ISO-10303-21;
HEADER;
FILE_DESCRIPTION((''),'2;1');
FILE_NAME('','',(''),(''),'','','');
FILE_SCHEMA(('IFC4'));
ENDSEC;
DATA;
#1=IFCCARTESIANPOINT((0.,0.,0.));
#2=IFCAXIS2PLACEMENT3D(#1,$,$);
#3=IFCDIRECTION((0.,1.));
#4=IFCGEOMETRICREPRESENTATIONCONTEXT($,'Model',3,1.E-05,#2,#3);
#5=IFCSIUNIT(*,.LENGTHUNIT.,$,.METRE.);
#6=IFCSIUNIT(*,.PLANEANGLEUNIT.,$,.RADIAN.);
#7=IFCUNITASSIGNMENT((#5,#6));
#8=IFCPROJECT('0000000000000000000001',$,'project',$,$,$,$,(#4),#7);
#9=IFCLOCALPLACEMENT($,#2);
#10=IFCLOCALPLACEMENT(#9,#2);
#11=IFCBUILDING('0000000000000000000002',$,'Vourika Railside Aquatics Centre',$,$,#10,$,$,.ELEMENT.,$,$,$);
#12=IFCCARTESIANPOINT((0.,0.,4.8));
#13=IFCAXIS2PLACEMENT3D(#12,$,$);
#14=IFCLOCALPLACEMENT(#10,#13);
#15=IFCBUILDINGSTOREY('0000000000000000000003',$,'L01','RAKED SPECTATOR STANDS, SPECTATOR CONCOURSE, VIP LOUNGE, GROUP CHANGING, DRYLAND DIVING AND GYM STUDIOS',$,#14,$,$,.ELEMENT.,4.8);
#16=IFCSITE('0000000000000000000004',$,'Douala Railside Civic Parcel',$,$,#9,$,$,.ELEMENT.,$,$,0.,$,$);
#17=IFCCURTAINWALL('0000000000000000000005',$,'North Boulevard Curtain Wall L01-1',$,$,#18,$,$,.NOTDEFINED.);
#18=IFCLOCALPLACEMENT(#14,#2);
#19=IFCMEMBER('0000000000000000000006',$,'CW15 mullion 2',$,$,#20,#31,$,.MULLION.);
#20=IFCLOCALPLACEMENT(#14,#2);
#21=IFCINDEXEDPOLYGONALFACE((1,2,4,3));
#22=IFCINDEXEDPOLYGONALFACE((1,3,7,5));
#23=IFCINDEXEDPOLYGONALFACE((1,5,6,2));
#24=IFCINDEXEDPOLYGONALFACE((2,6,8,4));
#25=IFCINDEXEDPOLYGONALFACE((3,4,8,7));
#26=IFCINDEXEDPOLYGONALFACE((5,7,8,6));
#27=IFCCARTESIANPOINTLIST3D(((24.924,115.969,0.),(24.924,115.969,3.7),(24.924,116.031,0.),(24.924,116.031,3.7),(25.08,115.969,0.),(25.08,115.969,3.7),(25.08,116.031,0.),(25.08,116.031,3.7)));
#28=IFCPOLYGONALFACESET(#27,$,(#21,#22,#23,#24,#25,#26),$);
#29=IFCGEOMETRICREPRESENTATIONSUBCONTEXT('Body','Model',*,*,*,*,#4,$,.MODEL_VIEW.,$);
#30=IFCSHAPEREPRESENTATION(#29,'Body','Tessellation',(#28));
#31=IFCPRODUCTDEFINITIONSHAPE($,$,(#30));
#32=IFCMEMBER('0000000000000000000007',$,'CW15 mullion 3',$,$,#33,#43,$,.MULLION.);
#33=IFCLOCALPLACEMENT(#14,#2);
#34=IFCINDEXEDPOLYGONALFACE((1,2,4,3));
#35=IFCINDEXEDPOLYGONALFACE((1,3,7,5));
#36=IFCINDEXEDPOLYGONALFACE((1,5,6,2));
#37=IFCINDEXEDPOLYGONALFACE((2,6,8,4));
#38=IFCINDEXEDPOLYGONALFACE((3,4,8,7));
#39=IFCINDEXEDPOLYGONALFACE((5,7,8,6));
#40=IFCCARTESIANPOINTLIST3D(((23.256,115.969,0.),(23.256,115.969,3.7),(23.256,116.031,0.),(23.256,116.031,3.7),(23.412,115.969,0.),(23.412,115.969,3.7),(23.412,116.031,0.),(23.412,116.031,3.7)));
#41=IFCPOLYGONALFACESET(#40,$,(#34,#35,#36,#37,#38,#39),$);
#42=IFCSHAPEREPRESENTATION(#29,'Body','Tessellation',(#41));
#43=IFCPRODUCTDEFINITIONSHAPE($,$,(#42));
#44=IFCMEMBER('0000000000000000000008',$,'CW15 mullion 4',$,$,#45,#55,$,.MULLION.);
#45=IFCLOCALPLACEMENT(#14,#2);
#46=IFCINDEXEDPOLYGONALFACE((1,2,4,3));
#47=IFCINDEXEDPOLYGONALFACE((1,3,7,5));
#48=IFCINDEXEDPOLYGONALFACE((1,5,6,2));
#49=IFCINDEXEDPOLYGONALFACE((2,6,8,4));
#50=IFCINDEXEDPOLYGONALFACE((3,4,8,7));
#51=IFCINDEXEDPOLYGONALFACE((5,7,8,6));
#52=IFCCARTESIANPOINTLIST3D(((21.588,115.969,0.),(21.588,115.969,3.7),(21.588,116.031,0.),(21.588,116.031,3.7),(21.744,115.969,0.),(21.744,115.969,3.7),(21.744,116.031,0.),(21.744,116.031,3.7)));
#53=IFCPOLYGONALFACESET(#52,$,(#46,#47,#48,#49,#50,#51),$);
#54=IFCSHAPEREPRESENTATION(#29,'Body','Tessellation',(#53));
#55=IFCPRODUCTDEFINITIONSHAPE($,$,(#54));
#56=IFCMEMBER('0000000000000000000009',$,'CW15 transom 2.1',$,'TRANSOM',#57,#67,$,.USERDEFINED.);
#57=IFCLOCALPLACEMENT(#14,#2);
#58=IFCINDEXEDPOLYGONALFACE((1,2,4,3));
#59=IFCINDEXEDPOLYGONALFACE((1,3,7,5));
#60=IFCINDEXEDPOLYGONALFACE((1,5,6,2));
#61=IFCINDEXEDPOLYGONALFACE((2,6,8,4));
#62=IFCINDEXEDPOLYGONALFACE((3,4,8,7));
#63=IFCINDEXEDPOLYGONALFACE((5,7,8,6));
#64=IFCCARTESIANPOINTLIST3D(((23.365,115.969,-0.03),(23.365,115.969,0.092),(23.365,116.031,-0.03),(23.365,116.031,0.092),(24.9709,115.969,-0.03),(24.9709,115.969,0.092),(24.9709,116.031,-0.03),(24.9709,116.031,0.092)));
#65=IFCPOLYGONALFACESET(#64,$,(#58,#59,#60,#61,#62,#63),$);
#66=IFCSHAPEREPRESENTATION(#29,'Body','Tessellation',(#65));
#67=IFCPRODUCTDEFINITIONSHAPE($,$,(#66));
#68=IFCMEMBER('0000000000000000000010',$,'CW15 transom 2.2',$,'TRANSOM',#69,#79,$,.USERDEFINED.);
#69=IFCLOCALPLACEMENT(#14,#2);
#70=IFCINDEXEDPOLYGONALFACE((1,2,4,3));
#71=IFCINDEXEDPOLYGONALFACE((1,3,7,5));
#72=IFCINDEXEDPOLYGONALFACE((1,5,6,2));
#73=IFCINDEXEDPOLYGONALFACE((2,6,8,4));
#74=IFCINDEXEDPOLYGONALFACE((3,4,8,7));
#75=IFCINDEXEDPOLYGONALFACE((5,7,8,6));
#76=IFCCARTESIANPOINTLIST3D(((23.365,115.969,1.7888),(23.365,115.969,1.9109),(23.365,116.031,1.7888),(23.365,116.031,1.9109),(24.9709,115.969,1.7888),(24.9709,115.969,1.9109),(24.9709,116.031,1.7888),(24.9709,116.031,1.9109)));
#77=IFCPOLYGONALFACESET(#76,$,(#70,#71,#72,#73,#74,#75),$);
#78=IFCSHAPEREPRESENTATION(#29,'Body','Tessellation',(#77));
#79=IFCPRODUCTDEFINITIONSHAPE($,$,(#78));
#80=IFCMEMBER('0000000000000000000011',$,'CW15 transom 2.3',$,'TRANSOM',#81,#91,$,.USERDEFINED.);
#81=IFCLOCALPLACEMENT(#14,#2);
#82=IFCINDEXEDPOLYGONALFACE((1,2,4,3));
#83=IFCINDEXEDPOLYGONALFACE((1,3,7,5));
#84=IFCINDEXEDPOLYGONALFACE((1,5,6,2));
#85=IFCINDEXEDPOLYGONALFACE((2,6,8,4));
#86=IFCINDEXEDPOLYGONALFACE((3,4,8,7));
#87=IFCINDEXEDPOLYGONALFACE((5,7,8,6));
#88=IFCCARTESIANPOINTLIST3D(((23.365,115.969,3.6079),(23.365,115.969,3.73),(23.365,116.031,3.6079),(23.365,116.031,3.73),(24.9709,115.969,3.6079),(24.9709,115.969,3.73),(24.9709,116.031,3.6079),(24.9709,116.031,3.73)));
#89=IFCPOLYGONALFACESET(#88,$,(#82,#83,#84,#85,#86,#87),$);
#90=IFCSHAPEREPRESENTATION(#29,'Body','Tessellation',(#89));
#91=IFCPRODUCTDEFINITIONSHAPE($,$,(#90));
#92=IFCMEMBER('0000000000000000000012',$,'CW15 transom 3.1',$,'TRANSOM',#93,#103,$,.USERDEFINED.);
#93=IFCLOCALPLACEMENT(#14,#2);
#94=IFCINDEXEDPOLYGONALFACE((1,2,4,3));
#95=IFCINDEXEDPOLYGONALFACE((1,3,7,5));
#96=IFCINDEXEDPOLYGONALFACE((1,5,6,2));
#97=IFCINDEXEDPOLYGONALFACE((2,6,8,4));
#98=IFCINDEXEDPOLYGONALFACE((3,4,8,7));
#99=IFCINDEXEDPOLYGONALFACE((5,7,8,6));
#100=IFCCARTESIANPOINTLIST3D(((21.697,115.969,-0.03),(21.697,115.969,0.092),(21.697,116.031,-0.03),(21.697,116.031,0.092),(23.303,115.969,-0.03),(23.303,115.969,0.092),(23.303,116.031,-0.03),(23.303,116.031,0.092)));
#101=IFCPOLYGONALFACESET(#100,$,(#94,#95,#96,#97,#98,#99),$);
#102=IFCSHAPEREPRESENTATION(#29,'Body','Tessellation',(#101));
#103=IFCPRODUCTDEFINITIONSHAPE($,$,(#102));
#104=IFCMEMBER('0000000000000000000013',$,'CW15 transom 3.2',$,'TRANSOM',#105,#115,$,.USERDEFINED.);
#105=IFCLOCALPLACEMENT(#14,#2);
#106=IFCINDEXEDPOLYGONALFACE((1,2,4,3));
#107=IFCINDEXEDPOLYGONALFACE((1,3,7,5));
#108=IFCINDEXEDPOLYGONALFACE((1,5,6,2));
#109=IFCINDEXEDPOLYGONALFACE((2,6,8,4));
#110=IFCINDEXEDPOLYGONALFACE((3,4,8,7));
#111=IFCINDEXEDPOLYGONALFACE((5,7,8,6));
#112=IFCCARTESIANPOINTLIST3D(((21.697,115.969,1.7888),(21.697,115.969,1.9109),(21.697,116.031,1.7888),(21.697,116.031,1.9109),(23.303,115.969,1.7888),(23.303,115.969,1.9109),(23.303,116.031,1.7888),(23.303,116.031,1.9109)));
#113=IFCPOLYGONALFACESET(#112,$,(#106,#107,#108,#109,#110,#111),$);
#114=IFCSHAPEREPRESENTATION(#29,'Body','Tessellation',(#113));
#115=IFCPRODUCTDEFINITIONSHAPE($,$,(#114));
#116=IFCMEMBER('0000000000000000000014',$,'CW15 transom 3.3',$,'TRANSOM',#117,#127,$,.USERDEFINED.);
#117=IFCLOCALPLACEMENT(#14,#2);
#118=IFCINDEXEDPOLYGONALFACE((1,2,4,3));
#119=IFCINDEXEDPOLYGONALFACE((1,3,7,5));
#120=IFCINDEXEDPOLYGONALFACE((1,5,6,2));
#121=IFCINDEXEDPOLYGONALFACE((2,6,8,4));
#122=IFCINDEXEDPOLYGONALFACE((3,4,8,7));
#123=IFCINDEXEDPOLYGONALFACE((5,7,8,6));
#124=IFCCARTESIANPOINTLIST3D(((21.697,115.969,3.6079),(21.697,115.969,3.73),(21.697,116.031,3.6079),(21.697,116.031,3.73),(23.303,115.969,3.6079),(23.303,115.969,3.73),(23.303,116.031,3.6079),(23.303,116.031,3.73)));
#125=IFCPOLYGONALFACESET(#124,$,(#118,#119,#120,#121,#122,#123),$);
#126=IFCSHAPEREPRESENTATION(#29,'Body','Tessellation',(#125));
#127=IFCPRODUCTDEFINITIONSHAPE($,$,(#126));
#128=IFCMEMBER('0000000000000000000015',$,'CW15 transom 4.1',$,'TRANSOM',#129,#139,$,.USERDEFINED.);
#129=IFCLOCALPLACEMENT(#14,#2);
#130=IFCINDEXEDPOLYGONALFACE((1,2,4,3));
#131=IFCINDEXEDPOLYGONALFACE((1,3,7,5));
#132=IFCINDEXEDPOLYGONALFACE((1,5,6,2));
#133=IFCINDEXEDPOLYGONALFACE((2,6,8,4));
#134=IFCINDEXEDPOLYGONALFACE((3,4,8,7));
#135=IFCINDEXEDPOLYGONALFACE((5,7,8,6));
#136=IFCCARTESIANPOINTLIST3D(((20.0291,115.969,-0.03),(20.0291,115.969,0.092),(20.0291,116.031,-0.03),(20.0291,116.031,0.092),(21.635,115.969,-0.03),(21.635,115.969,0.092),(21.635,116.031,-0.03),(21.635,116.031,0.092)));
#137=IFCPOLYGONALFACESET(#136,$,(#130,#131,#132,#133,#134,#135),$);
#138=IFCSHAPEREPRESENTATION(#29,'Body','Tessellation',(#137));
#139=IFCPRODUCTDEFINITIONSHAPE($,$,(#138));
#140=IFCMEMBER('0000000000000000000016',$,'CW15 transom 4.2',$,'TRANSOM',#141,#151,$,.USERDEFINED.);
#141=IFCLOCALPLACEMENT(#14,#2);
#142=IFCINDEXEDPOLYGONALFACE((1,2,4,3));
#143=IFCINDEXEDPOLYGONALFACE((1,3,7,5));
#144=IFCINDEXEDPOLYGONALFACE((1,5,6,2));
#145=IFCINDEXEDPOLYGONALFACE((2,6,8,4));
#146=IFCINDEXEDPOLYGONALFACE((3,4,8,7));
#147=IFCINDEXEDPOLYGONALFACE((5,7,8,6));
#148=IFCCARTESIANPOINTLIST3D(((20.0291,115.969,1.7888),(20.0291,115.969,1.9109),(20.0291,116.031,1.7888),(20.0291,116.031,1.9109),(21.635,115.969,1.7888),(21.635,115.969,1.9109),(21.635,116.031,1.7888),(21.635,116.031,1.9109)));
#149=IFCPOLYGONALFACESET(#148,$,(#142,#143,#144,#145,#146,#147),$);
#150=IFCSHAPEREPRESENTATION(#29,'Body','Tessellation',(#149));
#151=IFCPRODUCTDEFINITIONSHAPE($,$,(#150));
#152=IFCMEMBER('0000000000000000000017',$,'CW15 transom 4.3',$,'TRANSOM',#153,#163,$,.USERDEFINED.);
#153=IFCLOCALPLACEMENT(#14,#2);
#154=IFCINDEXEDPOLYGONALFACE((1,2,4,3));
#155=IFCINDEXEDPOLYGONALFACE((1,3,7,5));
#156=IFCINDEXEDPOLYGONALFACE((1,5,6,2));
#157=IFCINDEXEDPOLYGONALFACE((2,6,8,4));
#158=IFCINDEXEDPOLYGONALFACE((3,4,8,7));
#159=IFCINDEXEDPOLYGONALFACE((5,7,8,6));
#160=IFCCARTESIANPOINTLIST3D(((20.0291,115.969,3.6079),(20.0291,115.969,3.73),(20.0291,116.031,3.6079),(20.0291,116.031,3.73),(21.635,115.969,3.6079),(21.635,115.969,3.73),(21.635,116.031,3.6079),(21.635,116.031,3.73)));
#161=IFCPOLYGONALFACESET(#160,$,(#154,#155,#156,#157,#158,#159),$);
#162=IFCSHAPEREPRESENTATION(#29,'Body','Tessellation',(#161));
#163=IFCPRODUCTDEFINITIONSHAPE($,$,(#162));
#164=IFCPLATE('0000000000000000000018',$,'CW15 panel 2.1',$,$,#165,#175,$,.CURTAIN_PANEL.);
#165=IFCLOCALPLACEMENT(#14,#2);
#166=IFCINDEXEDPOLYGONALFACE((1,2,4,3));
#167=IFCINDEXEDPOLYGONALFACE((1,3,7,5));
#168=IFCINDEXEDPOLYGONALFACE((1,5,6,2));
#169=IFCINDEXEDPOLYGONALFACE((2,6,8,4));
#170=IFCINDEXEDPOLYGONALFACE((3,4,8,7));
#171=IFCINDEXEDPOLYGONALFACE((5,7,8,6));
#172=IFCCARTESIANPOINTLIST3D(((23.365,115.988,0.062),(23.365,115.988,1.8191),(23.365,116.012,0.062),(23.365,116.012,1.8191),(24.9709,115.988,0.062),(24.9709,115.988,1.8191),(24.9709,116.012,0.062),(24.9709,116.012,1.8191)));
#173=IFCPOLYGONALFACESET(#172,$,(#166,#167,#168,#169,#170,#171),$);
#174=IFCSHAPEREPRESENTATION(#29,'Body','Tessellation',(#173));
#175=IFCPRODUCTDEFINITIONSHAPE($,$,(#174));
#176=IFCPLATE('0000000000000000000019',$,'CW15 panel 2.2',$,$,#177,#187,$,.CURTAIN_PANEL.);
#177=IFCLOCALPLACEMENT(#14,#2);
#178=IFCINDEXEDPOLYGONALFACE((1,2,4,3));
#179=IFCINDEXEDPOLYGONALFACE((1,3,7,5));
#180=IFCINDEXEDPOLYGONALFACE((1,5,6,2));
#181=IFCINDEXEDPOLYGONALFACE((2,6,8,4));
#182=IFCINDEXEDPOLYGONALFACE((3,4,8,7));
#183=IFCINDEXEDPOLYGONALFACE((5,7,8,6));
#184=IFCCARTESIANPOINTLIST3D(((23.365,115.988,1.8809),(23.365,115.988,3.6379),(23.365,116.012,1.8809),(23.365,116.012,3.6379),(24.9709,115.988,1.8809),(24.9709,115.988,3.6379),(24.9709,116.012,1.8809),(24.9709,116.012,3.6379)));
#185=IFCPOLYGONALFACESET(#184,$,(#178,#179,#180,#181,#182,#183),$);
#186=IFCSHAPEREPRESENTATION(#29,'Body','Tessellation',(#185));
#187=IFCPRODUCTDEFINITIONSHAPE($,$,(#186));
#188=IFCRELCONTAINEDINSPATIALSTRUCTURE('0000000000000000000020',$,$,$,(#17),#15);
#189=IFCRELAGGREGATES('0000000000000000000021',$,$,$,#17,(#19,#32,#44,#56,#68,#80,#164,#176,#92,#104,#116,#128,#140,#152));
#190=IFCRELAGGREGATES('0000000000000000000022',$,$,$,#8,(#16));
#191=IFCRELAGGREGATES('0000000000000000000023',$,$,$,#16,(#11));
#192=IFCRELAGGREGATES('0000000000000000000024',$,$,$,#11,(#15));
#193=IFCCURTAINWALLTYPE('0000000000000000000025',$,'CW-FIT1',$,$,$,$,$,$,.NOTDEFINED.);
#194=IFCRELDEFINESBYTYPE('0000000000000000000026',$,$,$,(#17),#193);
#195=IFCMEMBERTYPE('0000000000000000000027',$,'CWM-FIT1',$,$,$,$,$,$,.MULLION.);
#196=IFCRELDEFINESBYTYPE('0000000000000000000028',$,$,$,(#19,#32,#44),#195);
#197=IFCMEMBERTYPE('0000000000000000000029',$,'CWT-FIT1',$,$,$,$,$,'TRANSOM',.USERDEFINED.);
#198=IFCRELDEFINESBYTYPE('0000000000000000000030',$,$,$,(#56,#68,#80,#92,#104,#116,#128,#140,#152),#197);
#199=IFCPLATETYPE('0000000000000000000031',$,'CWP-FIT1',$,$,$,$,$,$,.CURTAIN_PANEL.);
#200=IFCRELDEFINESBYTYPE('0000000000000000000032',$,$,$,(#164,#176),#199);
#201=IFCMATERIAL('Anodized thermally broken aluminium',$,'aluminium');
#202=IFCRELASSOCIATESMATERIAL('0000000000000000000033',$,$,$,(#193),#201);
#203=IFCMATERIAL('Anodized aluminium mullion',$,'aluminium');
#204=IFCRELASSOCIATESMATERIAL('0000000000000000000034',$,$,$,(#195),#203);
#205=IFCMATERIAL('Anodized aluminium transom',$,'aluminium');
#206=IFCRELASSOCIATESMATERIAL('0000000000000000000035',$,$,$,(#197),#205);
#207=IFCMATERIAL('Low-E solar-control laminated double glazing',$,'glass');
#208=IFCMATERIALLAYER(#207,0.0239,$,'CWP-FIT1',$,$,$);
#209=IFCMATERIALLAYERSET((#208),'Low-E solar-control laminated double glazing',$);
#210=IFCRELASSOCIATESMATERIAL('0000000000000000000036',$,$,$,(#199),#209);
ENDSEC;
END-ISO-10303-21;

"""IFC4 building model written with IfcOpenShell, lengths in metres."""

from ifc_helpers import new_model, si_unit, direction, frame, origin, origin_2d, place, context, subcontext, project, spatial, rectangle, extrude, material, layer, layer_set, material_profile, profile_set, type_object, element, aggregate, save


model = new_model("IFC4")

# Units and contexts
model_context = context("Model", 3, precision=1e-05, world=origin(), true_north=direction((0.0, 1.0)))
body_context = subcontext(model_context, "Body", "Model", "MODEL_VIEW")
ifc_project = project(units=[si_unit("LENGTHUNIT", "METRE"), si_unit("PLANEANGLEUNIT", "RADIAN")], contexts=[model_context])

# Site, building, storey
site_placement = place(None, origin())
site = spatial("IfcSite", under=ifc_project, at=site_placement, Name="Douala Railside Civic Parcel", CompositionType="ELEMENT", RefElevation=0.0)
building_placement = place(site_placement, origin())
building = spatial("IfcBuilding", under=site, at=building_placement, Name="Vourika Railside Aquatics Centre", CompositionType="ELEMENT")
storey_placement = place(building_placement, frame((0.0, 0.0, 4.8)))
storey = spatial("IfcBuildingStorey", under=building, at=storey_placement, Name="L01", Description="RAKED SPECTATOR STANDS, SPECTATOR CONCOURSE, VIP LOUNGE, GROUP CHANGING, DRYLAND DIVING AND GYM STUDIOS", CompositionType="ELEMENT", Elevation=4.8)

# Curtain wall, members, plates
ifc_material_1 = material(Name="Anodized thermally broken aluminium", Category="aluminium")
curtain_wall_type = type_object("IfcCurtainWallType", Name="CW-FIT1", PredefinedType="NOTDEFINED", material=ifc_material_1)
curtain_wall_placement = place(storey_placement, origin())
curtain_wall = element("IfcCurtainWall", 1, at=curtain_wall_placement, inside=storey, type_object=curtain_wall_type, Name="North Boulevard Curtain Wall L01-1", PredefinedType="NOTDEFINED")
ifc_material_2 = material(Name="Anodized aluminium mullion", Category="aluminium")
ifc_material_profile_1 = material_profile(ifc_material_2, rectangle(XDim=0.062, YDim=0.156, at=origin_2d()), Name="ALU-M 62x156")
ifc_profile_set_1 = profile_set([ifc_material_profile_1], Name="Anodized aluminium mullion")
member_type_1 = type_object("IfcMemberType", Name="CWM-FIT1", PredefinedType="MULLION", material=ifc_profile_set_1)
member_1_placement = place(storey_placement, frame((25.002, 116.0, 0.0), z_axis=(0.0, 0.0, 1.0), x_axis=(0.0, -1.0, 0.0)))
member_1 = element("IfcMember", 2, at=member_1_placement, type_object=member_type_1, Name="CW15 mullion 2", PredefinedType="MULLION", context=body_context, shape_type="SweptSolid", body=[
    extrude(rectangle(XDim=0.062, YDim=0.156, at=origin_2d()), origin(), (0.0, 0.0, 1.0), 3.7),
])
member_2_placement = place(storey_placement, frame((23.334, 116.0, 0.0), z_axis=(0.0, 0.0, 1.0), x_axis=(0.0, -1.0, 0.0)))
member_2 = element("IfcMember", 3, at=member_2_placement, type_object=member_type_1, Name="CW15 mullion 3", PredefinedType="MULLION", context=body_context, shape_type="SweptSolid", body=[
    extrude(rectangle(XDim=0.062, YDim=0.156, at=origin_2d()), origin(), (0.0, 0.0, 1.0), 3.7),
])
member_3_placement = place(storey_placement, frame((21.666, 116.0, 0.0), z_axis=(0.0, 0.0, 1.0), x_axis=(0.0, -1.0, 0.0)))
member_3 = element("IfcMember", 4, at=member_3_placement, type_object=member_type_1, Name="CW15 mullion 4", PredefinedType="MULLION", context=body_context, shape_type="SweptSolid", body=[
    extrude(rectangle(XDim=0.062, YDim=0.156, at=origin_2d()), origin(), (0.0, 0.0, 1.0), 3.7),
])
ifc_material_3 = material(Name="Anodized aluminium transom", Category="aluminium")
ifc_material_profile_2 = material_profile(ifc_material_3, rectangle(XDim=0.062, YDim=0.1221, at=origin_2d()), Name="ALU-T 62x122")
ifc_profile_set_2 = profile_set([ifc_material_profile_2], Name="Anodized aluminium transom")
member_type_2 = type_object("IfcMemberType", Name="CWT-FIT1", ElementType="TRANSOM", PredefinedType="USERDEFINED", material=ifc_profile_set_2)
member_4_placement = place(storey_placement, frame((24.9709, 116.0, 0.031), z_axis=(-1.0, 0.0, 0.0), x_axis=(0.0, -1.0, 0.0)))
member_4 = element("IfcMember", 5, at=member_4_placement, type_object=member_type_2, Name="CW15 transom 2.1", ObjectType="TRANSOM", PredefinedType="USERDEFINED", context=body_context, shape_type="SweptSolid", body=[
    extrude(rectangle(XDim=0.062, YDim=0.1221, at=origin_2d()), origin(), (0.0, 0.0, 1.0), 1.606),
])
member_5_placement = place(storey_placement, frame((24.9709, 116.0, 1.8499), z_axis=(-1.0, 0.0, 0.0), x_axis=(0.0, -1.0, 0.0)))
member_5 = element("IfcMember", 6, at=member_5_placement, type_object=member_type_2, Name="CW15 transom 2.2", ObjectType="TRANSOM", PredefinedType="USERDEFINED", context=body_context, shape_type="SweptSolid", body=[
    extrude(rectangle(XDim=0.062, YDim=0.1221, at=origin_2d()), origin(), (0.0, 0.0, 1.0), 1.606),
])
member_6_placement = place(storey_placement, frame((24.9709, 116.0, 3.6689), z_axis=(-1.0, 0.0, 0.0), x_axis=(0.0, -1.0, 0.0)))
member_6 = element("IfcMember", 7, at=member_6_placement, type_object=member_type_2, Name="CW15 transom 2.3", ObjectType="TRANSOM", PredefinedType="USERDEFINED", context=body_context, shape_type="SweptSolid", body=[
    extrude(rectangle(XDim=0.062, YDim=0.1221, at=origin_2d()), origin(), (0.0, 0.0, 1.0), 1.606),
])
member_7_placement = place(storey_placement, frame((23.303, 116.0, 0.031), z_axis=(-1.0, 0.0, 0.0), x_axis=(0.0, -1.0, 0.0)))
member_7 = element("IfcMember", 8, at=member_7_placement, type_object=member_type_2, Name="CW15 transom 3.1", ObjectType="TRANSOM", PredefinedType="USERDEFINED", context=body_context, shape_type="SweptSolid", body=[
    extrude(rectangle(XDim=0.062, YDim=0.1221, at=origin_2d()), origin(), (0.0, 0.0, 1.0), 1.606),
])
member_8_placement = place(storey_placement, frame((23.303, 116.0, 1.8499), z_axis=(-1.0, 0.0, 0.0), x_axis=(0.0, -1.0, 0.0)))
member_8 = element("IfcMember", 9, at=member_8_placement, type_object=member_type_2, Name="CW15 transom 3.2", ObjectType="TRANSOM", PredefinedType="USERDEFINED", context=body_context, shape_type="SweptSolid", body=[
    extrude(rectangle(XDim=0.062, YDim=0.1221, at=origin_2d()), origin(), (0.0, 0.0, 1.0), 1.606),
])
member_9_placement = place(storey_placement, frame((23.303, 116.0, 3.6689), z_axis=(-1.0, 0.0, 0.0), x_axis=(0.0, -1.0, 0.0)))
member_9 = element("IfcMember", 10, at=member_9_placement, type_object=member_type_2, Name="CW15 transom 3.3", ObjectType="TRANSOM", PredefinedType="USERDEFINED", context=body_context, shape_type="SweptSolid", body=[
    extrude(rectangle(XDim=0.062, YDim=0.1221, at=origin_2d()), origin(), (0.0, 0.0, 1.0), 1.606),
])
member_10_placement = place(storey_placement, frame((21.635, 116.0, 0.031), z_axis=(-1.0, 0.0, 0.0), x_axis=(0.0, -1.0, 0.0)))
member_10 = element("IfcMember", 11, at=member_10_placement, type_object=member_type_2, Name="CW15 transom 4.1", ObjectType="TRANSOM", PredefinedType="USERDEFINED", context=body_context, shape_type="SweptSolid", body=[
    extrude(rectangle(XDim=0.062, YDim=0.1221, at=origin_2d()), origin(), (0.0, 0.0, 1.0), 1.606),
])
member_11_placement = place(storey_placement, frame((21.635, 116.0, 1.8499), z_axis=(-1.0, 0.0, 0.0), x_axis=(0.0, -1.0, 0.0)))
member_11 = element("IfcMember", 12, at=member_11_placement, type_object=member_type_2, Name="CW15 transom 4.2", ObjectType="TRANSOM", PredefinedType="USERDEFINED", context=body_context, shape_type="SweptSolid", body=[
    extrude(rectangle(XDim=0.062, YDim=0.1221, at=origin_2d()), origin(), (0.0, 0.0, 1.0), 1.606),
])
member_12_placement = place(storey_placement, frame((21.635, 116.0, 3.6689), z_axis=(-1.0, 0.0, 0.0), x_axis=(0.0, -1.0, 0.0)))
member_12 = element("IfcMember", 13, at=member_12_placement, type_object=member_type_2, Name="CW15 transom 4.3", ObjectType="TRANSOM", PredefinedType="USERDEFINED", context=body_context, shape_type="SweptSolid", body=[
    extrude(rectangle(XDim=0.062, YDim=0.1221, at=origin_2d()), origin(), (0.0, 0.0, 1.0), 1.606),
])
ifc_material_4 = material(Name="Low-E solar-control laminated double glazing", Category="glass")
ifc_layer = layer(ifc_material_4, 0.0239, Name="CWP-FIT1")
ifc_layer_set = layer_set([ifc_layer], Name="Low-E solar-control laminated double glazing")
plate_type = type_object("IfcPlateType", Name="CWP-FIT1", PredefinedType="CURTAIN_PANEL", material=ifc_layer_set)
plate_1_placement = place(storey_placement, frame((24.168, 116.0, 0.062), z_axis=(0.0, 0.0, 1.0), x_axis=(-1.0, 0.0, 0.0)))
plate_1 = element("IfcPlate", 14, at=plate_1_placement, type_object=plate_type, Name="CW15 panel 2.1", PredefinedType="CURTAIN_PANEL", context=body_context, shape_type="SweptSolid", body=[
    extrude(rectangle(XDim=1.606, YDim=0.0239, at=origin_2d()), origin(), (0.0, 0.0, 1.0), 1.7571),
])
plate_2_placement = place(storey_placement, frame((24.168, 116.0, 1.8809), z_axis=(0.0, 0.0, 1.0), x_axis=(-1.0, 0.0, 0.0)))
plate_2 = element("IfcPlate", 15, at=plate_2_placement, type_object=plate_type, Name="CW15 panel 2.2", PredefinedType="CURTAIN_PANEL", context=body_context, shape_type="SweptSolid", body=[
    extrude(rectangle(XDim=1.606, YDim=0.0239, at=origin_2d()), origin(), (0.0, 0.0, 1.0), 1.7571),
])
aggregate(curtain_wall, [member_1, member_2, member_3, member_4, member_5, member_6, plate_1, plate_2, member_7, member_8, member_9, member_10, member_11, member_12])

save(model, "model.ifc")
